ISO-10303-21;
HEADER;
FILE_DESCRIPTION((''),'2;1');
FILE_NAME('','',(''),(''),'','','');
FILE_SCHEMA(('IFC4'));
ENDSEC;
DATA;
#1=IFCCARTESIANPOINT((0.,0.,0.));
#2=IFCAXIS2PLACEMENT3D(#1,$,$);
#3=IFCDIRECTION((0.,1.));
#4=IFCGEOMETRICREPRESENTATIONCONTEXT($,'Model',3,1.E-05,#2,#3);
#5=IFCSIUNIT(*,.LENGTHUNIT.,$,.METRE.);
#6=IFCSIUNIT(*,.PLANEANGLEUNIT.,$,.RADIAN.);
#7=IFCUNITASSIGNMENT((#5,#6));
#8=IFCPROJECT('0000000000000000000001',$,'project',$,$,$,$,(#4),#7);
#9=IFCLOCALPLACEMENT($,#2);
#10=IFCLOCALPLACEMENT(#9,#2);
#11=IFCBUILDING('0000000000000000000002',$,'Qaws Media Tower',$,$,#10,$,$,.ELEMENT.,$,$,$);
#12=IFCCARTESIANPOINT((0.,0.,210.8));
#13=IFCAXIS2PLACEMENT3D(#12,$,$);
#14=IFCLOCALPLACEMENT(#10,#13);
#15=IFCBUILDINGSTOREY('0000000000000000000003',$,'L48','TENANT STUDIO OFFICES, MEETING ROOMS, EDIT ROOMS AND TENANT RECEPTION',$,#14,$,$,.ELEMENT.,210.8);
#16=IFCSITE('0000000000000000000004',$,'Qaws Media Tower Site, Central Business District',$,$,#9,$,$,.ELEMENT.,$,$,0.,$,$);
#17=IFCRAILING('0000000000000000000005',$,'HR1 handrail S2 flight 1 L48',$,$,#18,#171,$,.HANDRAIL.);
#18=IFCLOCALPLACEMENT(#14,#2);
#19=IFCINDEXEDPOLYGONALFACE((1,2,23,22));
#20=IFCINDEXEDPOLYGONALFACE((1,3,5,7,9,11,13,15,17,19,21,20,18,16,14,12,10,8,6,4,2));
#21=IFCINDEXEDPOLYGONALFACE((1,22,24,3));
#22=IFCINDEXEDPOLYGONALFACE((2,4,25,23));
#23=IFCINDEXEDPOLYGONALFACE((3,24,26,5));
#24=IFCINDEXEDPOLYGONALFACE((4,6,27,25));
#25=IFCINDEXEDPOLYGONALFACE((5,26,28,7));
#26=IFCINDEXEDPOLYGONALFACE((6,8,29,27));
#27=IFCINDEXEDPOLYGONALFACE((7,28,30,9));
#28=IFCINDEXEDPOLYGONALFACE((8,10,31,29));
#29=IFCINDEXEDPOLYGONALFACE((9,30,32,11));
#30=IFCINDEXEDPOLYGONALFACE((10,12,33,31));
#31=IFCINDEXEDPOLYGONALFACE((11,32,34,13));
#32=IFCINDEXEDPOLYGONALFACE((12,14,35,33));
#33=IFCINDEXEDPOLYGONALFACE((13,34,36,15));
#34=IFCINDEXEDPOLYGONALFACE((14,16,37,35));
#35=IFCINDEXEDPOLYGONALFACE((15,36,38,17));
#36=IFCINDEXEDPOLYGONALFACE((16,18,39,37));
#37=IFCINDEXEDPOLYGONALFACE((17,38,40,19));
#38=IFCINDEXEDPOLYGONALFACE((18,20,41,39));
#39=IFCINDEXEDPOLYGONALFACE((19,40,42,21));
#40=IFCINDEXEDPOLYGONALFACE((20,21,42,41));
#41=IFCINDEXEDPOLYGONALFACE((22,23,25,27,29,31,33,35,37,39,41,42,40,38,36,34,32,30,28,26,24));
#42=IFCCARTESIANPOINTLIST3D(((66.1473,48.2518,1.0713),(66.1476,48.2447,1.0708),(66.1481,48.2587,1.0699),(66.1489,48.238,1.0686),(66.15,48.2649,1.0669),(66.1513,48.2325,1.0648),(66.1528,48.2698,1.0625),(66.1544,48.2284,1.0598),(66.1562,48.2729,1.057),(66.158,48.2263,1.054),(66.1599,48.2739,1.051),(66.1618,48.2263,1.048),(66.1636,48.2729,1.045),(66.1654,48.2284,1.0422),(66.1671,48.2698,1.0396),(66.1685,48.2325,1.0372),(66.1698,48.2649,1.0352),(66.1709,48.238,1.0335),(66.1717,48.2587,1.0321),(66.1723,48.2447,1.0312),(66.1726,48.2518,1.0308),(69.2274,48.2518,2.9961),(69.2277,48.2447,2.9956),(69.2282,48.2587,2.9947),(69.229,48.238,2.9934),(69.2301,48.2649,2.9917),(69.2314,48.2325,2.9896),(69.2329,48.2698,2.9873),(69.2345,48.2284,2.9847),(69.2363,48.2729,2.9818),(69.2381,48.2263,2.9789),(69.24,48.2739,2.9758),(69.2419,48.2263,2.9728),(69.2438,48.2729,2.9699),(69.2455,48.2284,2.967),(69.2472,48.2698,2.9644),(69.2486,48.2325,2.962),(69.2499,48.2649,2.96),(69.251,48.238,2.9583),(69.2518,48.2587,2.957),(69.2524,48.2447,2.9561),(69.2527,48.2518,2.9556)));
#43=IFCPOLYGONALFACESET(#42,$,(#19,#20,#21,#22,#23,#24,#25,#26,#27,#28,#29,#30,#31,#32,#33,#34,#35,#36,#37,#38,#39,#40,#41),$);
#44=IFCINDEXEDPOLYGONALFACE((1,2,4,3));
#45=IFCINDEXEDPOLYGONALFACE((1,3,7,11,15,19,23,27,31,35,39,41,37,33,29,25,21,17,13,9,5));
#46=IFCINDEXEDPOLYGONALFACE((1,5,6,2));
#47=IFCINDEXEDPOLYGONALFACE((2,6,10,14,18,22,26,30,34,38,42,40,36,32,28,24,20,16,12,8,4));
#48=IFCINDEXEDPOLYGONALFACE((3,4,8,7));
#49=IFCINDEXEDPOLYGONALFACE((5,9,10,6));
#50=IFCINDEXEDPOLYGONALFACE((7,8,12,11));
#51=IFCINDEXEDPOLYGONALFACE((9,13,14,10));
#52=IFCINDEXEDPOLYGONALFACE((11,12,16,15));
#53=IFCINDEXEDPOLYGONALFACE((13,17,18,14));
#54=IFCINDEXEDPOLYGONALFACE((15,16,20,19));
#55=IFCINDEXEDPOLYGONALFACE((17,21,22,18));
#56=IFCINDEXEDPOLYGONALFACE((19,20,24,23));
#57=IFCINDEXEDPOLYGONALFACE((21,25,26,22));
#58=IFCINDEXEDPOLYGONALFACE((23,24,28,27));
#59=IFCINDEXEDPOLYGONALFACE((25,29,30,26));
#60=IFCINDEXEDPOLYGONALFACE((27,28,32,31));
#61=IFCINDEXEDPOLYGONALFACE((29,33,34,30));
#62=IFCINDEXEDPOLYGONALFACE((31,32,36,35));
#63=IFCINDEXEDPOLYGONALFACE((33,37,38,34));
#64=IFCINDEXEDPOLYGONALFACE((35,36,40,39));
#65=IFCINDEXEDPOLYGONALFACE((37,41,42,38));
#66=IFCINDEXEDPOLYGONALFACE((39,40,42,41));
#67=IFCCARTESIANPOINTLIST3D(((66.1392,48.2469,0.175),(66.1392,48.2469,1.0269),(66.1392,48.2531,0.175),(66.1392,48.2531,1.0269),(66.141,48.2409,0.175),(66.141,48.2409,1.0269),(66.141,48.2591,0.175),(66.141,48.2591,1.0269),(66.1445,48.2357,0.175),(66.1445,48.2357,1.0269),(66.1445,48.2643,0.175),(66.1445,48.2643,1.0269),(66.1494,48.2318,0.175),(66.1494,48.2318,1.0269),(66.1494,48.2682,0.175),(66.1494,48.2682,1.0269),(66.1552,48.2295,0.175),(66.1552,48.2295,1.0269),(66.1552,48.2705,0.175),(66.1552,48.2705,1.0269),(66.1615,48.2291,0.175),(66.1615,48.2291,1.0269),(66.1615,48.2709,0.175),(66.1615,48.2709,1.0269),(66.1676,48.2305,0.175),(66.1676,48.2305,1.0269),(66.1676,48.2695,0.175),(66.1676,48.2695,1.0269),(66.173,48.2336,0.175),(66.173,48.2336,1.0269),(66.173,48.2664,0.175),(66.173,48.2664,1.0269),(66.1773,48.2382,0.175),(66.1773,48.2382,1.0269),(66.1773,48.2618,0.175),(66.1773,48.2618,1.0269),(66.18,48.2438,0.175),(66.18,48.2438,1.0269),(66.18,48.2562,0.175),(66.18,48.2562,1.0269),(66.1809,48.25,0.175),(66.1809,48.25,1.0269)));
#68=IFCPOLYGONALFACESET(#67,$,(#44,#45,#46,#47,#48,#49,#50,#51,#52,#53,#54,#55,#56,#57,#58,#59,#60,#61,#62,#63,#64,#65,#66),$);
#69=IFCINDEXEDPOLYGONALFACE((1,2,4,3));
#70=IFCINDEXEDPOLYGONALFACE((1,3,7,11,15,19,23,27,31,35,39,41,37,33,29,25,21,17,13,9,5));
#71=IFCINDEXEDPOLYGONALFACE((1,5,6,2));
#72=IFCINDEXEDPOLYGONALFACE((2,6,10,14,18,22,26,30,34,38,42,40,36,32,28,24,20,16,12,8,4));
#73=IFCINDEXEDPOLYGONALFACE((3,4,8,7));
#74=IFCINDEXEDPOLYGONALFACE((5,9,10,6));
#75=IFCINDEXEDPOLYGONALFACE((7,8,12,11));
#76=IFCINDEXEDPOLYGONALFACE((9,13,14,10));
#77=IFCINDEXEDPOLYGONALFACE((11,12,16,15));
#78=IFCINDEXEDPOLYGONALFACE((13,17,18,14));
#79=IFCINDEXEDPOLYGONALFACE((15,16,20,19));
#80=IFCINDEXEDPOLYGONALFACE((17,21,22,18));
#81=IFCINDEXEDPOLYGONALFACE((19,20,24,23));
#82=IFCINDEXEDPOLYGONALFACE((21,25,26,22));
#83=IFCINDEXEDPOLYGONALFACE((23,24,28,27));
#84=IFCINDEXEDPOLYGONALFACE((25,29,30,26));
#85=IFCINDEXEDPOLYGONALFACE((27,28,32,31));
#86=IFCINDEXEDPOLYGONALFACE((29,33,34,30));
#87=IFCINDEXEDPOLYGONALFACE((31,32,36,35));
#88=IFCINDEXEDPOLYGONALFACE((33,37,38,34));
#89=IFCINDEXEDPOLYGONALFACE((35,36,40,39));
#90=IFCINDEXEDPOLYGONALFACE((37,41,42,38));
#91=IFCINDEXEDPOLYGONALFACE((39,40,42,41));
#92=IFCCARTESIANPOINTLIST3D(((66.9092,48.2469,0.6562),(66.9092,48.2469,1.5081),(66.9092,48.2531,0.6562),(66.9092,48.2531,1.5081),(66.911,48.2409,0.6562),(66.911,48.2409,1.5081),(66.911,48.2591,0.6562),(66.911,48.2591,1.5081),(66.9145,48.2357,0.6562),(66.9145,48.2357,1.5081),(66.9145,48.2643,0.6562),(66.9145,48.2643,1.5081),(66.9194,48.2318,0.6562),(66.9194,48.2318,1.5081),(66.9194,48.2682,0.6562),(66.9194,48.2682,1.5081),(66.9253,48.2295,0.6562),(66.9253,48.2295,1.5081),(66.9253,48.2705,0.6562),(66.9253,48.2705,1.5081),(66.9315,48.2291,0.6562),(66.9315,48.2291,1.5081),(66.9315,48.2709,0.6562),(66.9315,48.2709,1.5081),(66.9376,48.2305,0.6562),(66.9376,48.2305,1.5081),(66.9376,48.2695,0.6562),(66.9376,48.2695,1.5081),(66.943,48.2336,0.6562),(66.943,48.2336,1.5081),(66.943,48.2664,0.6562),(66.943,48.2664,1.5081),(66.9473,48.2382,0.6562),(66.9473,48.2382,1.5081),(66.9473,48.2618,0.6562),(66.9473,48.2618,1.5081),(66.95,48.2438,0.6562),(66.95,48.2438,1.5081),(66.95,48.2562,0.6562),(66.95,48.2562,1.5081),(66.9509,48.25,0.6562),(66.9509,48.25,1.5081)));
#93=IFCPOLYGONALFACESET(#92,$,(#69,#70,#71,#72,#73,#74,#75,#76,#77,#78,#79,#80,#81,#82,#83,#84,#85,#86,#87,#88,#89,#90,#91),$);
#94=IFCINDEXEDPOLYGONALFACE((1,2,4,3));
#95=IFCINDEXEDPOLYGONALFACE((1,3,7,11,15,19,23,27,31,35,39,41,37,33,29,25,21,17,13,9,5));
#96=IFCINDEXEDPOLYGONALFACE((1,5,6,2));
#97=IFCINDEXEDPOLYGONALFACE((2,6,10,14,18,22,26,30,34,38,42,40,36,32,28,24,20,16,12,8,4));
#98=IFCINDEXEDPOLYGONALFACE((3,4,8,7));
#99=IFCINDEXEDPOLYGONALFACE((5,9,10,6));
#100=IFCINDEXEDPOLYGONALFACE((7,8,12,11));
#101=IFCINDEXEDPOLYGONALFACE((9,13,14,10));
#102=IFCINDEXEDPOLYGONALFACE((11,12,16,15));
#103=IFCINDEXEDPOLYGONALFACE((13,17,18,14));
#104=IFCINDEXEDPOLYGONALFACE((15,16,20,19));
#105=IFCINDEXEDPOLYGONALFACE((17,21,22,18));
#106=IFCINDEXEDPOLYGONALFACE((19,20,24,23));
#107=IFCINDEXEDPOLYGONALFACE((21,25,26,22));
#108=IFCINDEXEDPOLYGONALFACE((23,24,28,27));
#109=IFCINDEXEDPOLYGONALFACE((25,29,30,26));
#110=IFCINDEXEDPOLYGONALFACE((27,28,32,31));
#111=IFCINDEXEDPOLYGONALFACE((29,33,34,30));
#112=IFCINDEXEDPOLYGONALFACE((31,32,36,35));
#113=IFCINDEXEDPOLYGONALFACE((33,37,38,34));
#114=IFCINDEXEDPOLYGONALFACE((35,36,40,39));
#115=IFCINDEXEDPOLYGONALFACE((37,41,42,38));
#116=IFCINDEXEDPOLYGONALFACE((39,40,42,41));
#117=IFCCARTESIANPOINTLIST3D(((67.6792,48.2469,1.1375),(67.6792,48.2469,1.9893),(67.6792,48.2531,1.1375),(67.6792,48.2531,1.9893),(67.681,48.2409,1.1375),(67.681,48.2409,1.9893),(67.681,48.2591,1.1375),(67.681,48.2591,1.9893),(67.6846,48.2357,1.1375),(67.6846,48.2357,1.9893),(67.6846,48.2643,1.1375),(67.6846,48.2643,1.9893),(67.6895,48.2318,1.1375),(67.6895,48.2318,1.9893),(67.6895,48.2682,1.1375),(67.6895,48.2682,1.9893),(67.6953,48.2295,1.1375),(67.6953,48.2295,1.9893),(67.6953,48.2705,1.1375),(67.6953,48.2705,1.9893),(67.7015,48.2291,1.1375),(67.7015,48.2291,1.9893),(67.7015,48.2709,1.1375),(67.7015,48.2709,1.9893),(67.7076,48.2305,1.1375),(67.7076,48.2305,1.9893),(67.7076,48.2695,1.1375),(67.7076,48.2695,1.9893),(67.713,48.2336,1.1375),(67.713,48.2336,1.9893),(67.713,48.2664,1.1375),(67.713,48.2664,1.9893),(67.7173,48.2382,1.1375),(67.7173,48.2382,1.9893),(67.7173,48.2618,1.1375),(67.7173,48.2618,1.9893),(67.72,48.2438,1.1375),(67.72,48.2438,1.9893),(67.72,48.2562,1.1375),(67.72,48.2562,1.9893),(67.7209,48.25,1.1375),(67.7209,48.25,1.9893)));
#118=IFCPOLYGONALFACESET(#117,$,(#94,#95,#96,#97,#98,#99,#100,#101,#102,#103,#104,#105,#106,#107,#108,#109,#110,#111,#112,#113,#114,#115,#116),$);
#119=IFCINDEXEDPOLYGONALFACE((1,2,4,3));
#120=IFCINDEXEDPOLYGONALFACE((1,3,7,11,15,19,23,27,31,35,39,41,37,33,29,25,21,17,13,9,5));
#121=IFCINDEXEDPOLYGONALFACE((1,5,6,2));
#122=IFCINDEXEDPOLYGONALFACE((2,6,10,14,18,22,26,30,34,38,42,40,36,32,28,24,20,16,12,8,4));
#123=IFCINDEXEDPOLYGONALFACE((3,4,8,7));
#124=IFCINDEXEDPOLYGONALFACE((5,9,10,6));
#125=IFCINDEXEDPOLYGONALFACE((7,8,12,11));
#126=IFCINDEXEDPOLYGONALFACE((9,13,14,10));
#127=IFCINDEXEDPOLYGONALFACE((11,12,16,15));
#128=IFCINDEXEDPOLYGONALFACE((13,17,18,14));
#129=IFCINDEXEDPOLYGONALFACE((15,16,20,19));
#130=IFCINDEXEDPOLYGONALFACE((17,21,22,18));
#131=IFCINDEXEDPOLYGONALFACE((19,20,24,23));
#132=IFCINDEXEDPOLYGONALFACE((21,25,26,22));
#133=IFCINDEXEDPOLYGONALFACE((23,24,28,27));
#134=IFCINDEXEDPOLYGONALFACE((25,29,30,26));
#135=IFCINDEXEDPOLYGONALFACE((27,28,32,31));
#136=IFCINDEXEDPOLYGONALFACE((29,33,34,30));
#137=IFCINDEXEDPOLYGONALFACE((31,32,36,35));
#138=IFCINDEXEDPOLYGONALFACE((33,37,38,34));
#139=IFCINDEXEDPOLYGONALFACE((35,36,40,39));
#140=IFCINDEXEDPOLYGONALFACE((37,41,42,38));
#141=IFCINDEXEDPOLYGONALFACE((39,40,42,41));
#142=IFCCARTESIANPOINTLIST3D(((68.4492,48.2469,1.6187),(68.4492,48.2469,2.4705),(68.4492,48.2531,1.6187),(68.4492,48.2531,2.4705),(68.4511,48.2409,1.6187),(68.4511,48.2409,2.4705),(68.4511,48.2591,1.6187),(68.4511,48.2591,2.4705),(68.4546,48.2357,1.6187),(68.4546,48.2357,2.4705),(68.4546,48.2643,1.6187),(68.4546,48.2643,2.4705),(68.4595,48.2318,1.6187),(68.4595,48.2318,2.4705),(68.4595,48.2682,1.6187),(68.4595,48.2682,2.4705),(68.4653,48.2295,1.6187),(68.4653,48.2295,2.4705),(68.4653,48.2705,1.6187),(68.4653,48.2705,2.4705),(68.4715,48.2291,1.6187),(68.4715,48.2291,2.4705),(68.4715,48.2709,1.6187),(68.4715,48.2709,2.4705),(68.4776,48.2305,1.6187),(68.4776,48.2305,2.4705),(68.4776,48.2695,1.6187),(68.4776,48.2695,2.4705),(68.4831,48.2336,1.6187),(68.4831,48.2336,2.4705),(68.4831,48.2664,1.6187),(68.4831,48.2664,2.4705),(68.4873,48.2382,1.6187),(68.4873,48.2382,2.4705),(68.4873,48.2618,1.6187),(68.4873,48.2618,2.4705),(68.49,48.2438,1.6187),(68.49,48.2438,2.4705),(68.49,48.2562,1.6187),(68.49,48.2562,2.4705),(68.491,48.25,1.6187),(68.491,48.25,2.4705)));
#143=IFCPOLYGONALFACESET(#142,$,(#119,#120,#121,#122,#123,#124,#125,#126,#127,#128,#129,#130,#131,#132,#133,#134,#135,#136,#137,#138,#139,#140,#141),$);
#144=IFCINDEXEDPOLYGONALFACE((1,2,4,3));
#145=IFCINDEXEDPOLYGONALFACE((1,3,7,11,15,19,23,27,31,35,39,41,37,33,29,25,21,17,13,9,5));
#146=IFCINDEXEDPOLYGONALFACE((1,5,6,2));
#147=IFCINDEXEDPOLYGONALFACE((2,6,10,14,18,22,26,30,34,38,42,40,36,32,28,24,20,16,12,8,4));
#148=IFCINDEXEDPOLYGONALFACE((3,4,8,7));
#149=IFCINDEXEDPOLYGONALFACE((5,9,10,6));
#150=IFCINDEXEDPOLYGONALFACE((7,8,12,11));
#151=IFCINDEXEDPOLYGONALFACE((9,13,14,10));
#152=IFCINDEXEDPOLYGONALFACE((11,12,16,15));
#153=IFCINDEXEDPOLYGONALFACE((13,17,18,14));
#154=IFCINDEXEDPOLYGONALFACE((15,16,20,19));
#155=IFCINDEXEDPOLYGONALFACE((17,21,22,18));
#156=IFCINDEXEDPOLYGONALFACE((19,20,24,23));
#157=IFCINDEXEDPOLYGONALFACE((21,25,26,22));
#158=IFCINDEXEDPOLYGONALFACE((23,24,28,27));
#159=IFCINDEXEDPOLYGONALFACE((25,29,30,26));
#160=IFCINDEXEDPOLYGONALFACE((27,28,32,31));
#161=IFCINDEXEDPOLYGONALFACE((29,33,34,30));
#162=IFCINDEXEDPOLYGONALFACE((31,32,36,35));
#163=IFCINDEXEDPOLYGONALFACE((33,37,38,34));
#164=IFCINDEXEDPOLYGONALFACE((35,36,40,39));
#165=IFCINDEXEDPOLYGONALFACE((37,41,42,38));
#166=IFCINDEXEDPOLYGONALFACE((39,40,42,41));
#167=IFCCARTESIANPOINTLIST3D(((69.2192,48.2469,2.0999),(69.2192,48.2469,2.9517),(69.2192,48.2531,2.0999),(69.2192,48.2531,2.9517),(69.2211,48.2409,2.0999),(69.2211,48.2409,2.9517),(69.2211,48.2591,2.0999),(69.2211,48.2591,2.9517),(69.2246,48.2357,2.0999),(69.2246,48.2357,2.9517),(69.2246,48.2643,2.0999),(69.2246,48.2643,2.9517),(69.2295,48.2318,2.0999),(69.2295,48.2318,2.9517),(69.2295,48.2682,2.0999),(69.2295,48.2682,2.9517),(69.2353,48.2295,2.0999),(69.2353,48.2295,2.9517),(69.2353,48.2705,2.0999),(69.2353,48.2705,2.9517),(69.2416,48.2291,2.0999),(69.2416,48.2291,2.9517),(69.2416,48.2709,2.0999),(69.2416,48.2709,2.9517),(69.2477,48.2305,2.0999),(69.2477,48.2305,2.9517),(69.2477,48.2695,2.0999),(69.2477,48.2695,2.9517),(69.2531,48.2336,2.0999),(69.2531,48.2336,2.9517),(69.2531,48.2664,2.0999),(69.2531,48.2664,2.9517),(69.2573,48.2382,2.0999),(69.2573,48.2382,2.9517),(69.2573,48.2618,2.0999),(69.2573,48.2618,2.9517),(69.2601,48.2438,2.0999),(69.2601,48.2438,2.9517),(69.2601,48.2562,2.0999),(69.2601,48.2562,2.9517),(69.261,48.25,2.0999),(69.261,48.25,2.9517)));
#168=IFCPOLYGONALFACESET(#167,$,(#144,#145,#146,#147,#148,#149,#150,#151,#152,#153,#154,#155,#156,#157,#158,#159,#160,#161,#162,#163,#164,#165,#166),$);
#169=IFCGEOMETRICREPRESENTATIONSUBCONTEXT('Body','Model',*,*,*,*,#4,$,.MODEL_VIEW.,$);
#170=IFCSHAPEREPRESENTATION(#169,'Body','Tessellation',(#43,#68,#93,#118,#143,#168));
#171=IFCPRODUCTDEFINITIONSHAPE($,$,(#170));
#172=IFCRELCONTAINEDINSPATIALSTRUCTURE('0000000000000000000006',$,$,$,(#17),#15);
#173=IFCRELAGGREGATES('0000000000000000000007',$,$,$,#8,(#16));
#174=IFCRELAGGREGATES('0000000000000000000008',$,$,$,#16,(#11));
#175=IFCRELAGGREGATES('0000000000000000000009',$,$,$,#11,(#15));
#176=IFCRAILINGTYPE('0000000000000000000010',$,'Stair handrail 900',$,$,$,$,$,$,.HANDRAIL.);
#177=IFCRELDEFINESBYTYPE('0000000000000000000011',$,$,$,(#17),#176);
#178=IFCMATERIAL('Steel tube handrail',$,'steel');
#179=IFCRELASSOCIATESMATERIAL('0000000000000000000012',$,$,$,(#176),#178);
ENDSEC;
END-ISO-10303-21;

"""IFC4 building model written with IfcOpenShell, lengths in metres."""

from ifc_helpers import new_model, si_unit, direction, frame, origin, origin_2d, place, context, subcontext, project, spatial, circle, extrude, material, type_object, element, save


model = new_model("IFC4")

# Units and contexts
model_context = context("Model", 3, precision=1e-05, world=origin(), true_north=direction((0.0, 1.0)))
body_context = subcontext(model_context, "Body", "Model", "MODEL_VIEW")
ifc_project = project(units=[si_unit("LENGTHUNIT", "METRE"), si_unit("PLANEANGLEUNIT", "RADIAN")], contexts=[model_context])

# Site, building, storey
site_placement = place(None, origin())
site = spatial("IfcSite", under=ifc_project, at=site_placement, Name="Qaws Media Tower Site, Central Business District", CompositionType="ELEMENT", RefElevation=0.0)
building_placement = place(site_placement, origin())
building = spatial("IfcBuilding", under=site, at=building_placement, Name="Qaws Media Tower", CompositionType="ELEMENT")
storey_placement = place(building_placement, frame((0.0, 0.0, 210.8)))
storey = spatial("IfcBuildingStorey", under=building, at=storey_placement, Name="L48", Description="TENANT STUDIO OFFICES, MEETING ROOMS, EDIT ROOMS AND TENANT RECEPTION", CompositionType="ELEMENT", Elevation=210.8)

# Railing
ifc_material_1 = material(Name="Steel tube handrail", Category="steel")
railing_type = type_object("IfcRailingType", Name="Stair handrail 900", PredefinedType="HANDRAIL", material=ifc_material_1)
for number, where, name in (
    (1, (66.1599, 48.25, 0.175), "HR1 handrail S2 flight 1 L48"),
):
    element("IfcRailing", number, at=place(storey_placement, frame(where)), inside=storey, type_object=railing_type, Name=name, PredefinedType="HANDRAIL", context=body_context, shape_type="SweptSolid", body=[
        extrude(circle(Radius=0.0239, at=origin_2d()), frame((0.0, 0.0, 0.876), z_axis=(0.848029, 0.0, 0.529951), x_axis=(0.0, 1.0, 0.0)), (0.0, 0.0, 1.0), 3.6321),
        extrude(circle(Radius=0.021, at=origin_2d()), origin(), (0.0, 0.0, 1.0), 0.8518),
        extrude(circle(Radius=0.021, at=origin_2d()), frame((0.77, 0.0, 0.4812)), (0.0, 0.0, 1.0), 0.8518),
        extrude(circle(Radius=0.021, at=origin_2d()), frame((1.54, 0.0, 0.9624)), (0.0, 0.0, 1.0), 0.8518),
        extrude(circle(Radius=0.021, at=origin_2d()), frame((2.3101, 0.0, 1.4436)), (0.0, 0.0, 1.0), 0.8518),
        extrude(circle(Radius=0.021, at=origin_2d()), frame((3.0801, 0.0, 1.9248)), (0.0, 0.0, 1.0), 0.8518),
    ])

save(model, "model.ifc")
